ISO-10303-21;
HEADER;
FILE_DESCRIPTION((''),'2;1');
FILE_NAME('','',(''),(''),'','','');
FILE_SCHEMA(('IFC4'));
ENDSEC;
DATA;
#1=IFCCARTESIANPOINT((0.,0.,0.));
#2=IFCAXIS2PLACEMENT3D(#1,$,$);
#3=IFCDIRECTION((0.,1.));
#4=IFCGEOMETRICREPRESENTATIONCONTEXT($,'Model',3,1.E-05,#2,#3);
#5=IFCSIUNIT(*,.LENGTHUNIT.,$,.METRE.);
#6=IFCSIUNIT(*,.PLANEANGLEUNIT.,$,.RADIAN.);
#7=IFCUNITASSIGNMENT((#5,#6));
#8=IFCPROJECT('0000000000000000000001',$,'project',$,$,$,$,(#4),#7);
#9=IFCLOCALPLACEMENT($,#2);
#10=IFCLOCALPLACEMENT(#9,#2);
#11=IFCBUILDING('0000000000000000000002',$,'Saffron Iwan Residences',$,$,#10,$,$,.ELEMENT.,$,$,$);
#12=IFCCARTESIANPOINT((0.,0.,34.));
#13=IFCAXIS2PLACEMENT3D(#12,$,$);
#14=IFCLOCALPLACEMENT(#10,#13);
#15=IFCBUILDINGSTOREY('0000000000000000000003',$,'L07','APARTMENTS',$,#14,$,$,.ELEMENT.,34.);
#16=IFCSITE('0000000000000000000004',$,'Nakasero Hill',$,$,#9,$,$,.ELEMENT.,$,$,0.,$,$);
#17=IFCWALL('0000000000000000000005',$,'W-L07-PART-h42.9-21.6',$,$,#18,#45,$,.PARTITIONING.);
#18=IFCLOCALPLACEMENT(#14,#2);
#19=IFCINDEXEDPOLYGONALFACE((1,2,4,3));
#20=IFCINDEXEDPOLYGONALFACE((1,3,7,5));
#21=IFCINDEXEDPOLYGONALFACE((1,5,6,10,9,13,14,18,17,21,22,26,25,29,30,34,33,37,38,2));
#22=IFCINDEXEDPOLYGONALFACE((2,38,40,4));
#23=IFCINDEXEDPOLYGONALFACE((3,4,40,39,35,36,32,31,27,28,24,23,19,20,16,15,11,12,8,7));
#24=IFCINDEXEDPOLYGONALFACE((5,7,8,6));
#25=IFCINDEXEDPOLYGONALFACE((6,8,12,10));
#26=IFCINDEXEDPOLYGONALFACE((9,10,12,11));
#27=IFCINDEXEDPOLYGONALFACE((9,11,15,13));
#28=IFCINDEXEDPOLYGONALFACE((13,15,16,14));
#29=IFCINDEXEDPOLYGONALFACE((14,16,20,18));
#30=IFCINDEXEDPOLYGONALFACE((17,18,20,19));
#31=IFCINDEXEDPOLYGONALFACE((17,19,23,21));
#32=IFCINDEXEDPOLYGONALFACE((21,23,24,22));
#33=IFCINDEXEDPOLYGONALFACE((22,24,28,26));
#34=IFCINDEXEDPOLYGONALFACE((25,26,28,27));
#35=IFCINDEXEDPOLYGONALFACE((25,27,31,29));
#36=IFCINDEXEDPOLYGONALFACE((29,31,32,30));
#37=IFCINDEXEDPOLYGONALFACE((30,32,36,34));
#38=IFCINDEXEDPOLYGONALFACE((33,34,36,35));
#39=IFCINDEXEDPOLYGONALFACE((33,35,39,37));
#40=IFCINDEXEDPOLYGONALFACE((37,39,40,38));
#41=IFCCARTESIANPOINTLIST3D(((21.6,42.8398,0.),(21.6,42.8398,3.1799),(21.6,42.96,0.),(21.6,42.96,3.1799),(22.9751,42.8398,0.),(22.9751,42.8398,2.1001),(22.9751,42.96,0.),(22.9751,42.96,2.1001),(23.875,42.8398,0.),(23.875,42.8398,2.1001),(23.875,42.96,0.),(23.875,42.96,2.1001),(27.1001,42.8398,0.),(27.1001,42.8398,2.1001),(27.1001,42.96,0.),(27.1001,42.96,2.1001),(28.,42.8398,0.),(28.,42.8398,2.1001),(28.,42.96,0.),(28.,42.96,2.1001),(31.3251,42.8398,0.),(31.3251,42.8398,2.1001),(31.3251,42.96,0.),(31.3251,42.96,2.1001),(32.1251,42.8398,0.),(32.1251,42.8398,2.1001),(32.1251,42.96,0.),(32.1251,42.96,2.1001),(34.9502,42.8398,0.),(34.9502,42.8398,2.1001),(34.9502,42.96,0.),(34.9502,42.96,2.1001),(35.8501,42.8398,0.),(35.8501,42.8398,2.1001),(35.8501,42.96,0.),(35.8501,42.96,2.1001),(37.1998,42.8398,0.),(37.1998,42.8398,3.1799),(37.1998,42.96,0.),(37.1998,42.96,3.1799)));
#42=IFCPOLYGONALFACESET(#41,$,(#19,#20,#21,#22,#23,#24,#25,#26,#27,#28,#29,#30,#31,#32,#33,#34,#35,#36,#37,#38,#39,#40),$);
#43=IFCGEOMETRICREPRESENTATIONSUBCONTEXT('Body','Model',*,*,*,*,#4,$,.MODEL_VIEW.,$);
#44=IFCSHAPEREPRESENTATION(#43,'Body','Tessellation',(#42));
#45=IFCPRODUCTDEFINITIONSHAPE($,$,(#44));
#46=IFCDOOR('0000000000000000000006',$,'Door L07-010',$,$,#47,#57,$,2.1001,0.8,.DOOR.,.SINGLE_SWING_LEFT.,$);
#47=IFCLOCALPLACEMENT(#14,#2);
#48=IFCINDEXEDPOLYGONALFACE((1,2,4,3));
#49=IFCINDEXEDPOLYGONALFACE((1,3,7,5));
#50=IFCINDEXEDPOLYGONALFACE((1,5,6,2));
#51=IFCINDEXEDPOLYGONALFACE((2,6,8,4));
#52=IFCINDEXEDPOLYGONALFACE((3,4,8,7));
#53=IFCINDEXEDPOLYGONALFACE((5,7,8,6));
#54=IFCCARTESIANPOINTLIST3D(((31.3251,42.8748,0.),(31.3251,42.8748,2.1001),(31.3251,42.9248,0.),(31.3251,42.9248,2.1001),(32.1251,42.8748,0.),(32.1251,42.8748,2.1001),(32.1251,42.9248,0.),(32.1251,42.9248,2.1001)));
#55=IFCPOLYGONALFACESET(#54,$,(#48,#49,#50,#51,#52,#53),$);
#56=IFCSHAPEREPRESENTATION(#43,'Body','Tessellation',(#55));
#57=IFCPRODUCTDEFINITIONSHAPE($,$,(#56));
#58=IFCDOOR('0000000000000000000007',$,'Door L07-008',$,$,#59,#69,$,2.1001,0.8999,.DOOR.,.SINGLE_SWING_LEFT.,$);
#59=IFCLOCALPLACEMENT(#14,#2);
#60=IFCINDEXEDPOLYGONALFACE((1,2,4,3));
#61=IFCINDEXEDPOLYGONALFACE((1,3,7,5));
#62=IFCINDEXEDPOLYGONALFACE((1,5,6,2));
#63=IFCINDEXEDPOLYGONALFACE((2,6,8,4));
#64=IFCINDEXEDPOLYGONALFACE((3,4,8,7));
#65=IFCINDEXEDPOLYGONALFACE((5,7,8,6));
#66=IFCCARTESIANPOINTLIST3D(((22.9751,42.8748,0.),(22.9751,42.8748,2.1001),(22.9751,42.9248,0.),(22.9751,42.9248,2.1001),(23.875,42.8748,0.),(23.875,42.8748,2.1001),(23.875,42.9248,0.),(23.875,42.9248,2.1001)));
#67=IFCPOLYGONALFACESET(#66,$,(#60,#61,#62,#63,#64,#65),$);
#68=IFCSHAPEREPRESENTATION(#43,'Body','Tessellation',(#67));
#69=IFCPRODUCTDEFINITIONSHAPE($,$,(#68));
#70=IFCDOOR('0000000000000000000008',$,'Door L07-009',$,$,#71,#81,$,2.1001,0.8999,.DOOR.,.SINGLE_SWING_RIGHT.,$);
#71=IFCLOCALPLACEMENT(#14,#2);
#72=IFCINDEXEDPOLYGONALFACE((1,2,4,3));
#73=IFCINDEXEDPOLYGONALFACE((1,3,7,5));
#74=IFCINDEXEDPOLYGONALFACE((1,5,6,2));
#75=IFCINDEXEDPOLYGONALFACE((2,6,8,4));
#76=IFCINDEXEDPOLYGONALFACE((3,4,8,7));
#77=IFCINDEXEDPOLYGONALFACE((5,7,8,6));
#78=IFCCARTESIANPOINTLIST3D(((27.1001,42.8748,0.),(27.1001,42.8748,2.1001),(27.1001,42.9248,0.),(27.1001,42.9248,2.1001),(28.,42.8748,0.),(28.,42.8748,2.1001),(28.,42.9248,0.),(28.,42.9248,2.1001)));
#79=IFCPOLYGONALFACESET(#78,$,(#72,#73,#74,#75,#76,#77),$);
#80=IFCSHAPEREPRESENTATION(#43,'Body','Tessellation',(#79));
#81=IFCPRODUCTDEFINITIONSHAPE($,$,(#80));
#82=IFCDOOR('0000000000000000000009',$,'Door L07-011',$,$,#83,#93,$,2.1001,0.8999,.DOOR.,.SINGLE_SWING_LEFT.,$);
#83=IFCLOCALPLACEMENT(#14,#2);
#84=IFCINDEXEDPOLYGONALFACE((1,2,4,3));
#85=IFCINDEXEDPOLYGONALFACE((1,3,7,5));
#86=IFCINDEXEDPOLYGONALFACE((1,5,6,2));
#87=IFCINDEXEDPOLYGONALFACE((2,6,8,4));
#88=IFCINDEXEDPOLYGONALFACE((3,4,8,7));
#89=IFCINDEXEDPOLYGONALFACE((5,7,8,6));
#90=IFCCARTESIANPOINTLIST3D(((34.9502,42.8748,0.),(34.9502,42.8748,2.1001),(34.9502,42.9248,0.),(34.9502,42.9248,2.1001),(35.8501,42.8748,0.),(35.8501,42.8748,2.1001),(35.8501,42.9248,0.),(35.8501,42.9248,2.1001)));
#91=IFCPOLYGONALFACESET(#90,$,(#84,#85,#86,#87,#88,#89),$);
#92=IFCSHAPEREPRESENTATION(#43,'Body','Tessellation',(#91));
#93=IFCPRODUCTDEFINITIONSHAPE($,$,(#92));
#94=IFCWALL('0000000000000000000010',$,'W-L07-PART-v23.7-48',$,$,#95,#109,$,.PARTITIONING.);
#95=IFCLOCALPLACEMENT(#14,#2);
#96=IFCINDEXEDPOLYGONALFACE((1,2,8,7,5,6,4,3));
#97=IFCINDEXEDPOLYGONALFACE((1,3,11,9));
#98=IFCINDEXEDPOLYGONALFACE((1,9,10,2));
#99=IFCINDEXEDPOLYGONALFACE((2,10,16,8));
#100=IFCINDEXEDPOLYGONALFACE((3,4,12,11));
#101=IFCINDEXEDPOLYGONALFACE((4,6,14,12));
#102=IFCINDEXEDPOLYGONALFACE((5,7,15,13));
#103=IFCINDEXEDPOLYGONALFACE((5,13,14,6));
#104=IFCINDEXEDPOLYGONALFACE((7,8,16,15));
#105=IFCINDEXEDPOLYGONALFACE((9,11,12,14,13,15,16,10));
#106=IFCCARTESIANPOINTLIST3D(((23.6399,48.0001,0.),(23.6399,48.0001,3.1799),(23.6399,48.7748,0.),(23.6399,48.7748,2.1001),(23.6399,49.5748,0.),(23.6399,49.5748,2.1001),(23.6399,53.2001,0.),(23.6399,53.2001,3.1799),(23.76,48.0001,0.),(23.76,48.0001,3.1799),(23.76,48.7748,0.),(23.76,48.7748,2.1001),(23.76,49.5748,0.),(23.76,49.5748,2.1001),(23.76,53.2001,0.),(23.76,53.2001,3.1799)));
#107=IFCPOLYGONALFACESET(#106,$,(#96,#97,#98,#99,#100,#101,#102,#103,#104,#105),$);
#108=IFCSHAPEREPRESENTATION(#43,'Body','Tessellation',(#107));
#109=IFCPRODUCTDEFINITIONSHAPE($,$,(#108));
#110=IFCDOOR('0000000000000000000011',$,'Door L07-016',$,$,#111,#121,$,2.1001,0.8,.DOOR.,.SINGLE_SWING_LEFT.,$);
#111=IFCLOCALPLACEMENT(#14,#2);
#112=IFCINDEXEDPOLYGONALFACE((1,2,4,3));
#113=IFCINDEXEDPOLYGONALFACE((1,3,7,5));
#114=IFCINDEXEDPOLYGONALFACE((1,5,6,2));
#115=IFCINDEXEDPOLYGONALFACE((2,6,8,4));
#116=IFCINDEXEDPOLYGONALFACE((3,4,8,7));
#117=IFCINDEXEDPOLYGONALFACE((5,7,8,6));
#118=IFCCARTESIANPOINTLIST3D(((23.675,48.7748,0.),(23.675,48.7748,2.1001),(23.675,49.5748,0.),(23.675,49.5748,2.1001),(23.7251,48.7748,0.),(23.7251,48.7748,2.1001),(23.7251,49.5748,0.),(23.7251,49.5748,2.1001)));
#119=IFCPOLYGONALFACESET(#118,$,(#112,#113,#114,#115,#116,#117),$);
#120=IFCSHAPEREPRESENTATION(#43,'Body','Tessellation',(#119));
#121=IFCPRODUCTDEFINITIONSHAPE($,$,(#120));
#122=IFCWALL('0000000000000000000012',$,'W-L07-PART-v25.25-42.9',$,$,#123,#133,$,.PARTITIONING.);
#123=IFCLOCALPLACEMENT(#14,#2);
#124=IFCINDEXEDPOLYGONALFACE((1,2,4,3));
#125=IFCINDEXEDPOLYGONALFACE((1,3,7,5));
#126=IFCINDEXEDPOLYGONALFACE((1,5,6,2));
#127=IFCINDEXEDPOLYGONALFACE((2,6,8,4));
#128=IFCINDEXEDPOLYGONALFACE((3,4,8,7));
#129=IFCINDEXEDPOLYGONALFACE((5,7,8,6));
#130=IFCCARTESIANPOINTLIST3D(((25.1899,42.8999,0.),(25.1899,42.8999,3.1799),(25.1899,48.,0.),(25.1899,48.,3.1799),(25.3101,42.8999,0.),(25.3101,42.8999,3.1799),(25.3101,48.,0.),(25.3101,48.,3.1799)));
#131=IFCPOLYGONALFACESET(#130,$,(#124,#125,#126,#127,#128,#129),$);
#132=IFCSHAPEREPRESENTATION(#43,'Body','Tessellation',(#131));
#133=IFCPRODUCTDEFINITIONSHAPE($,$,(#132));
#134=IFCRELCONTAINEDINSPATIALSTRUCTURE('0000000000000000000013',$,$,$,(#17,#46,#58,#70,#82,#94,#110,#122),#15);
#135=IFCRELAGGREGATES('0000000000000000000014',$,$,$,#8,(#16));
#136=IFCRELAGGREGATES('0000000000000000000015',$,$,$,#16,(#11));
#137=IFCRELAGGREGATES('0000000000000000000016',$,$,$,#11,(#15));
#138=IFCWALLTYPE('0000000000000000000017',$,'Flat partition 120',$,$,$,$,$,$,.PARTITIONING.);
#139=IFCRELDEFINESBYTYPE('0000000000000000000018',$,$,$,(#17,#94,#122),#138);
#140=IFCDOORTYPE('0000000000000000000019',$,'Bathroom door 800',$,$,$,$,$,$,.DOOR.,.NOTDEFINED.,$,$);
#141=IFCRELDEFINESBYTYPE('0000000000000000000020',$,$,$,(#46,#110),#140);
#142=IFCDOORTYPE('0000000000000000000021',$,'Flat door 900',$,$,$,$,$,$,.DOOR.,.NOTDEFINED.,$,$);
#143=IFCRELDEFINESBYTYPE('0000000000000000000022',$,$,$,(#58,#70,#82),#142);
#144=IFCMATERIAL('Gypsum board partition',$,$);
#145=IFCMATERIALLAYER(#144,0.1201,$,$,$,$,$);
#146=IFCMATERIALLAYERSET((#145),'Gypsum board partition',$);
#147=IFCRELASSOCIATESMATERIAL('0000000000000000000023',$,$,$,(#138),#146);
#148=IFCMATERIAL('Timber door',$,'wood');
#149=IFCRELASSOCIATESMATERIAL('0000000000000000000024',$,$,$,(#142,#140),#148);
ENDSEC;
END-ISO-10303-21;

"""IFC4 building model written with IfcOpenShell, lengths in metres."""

from ifc_helpers import new_model, si_unit, direction, frame, frame_2d, origin, place, context, subcontext, project, spatial, rectangle, extrude, material, layer, layer_set, type_object, element, fill, save


model = new_model("IFC4")

# Units and contexts
model_context = context("Model", 3, precision=1e-05, world=origin(), true_north=direction((0.0, 1.0)))
body_context = subcontext(model_context, "Body", "Model", "MODEL_VIEW")
ifc_project = project(units=[si_unit("LENGTHUNIT", "METRE"), si_unit("PLANEANGLEUNIT", "RADIAN")], contexts=[model_context])

# Site, building, storey
site_placement = place(None, origin())
site = spatial("IfcSite", under=ifc_project, at=site_placement, Name="Nakasero Hill", CompositionType="ELEMENT", RefElevation=0.0)
building_placement = place(site_placement, origin())
building = spatial("IfcBuilding", under=site, at=building_placement, Name="Saffron Iwan Residences", CompositionType="ELEMENT")
storey_placement = place(building_placement, frame((0.0, 0.0, 34.0)))
storey = spatial("IfcBuildingStorey", under=building, at=storey_placement, Name="L07", Description="APARTMENTS", CompositionType="ELEMENT", Elevation=34.0)

# Wall, openings, doors
ifc_material_1 = material(Name="Gypsum board partition")
ifc_layer = layer(ifc_material_1, 0.1201)
ifc_layer_set = layer_set([ifc_layer], Name="Gypsum board partition")
wall_type = type_object("IfcWallType", Name="Flat partition 120", PredefinedType="PARTITIONING", material=ifc_layer_set)
ifc_material_2 = material(Name="Timber door", Category="wood")
door_type_1 = type_object("IfcDoorType", Name="Flat door 900", OperationType="NOTDEFINED", PredefinedType="DOOR", material=ifc_material_2)
wall_1_placement = place(storey_placement, frame((21.6001, 42.8999, 0.0), z_axis=(0.0, 0.0, 1.0), x_axis=(1.0, 0.0, 0.0)))
wall_1 = element("IfcWall", 1, at=wall_1_placement, inside=storey, type_object=wall_type, Name="W-L07-PART-h42.9-21.6", PredefinedType="PARTITIONING", context=body_context, shape_type="SweptSolid", body=[
    extrude(rectangle(XDim=15.5999, YDim=0.1201, at=frame_2d((7.7998, 0.0))), origin(), (0.0, 0.0, 1.0), 3.1799),
])
opening_1_placement = place(wall_1_placement, frame((1.375, 0.0, 0.0)))
opening_1 = element("IfcOpeningElement", 2, at=opening_1_placement, cuts=wall_1, PredefinedType="OPENING", context=body_context, shape_type="SweptSolid", body=[
    extrude(rectangle(XDim=0.8999, YDim=2.1001, at=frame_2d((0.45, 1.05))), frame((0.0, 0.0701, 0.0), z_axis=(0.0, -1.0, 0.0), x_axis=(1.0, 0.0, 0.0)), (0.0, 0.0, 1.0), 0.1401),
])
opening_2_placement = place(wall_1_placement, frame((5.5, 0.0, 0.0)))
opening_2 = element("IfcOpeningElement", 3, at=opening_2_placement, cuts=wall_1, PredefinedType="OPENING", context=body_context, shape_type="SweptSolid", body=[
    extrude(rectangle(XDim=0.8999, YDim=2.1001, at=frame_2d((0.45, 1.05))), frame((0.0, 0.0701, 0.0), z_axis=(0.0, -1.0, 0.0), x_axis=(1.0, 0.0, 0.0)), (0.0, 0.0, 1.0), 0.1401),
])
opening_3_placement = place(wall_1_placement, frame((9.7251, 0.0, 0.0)))
opening_3 = element("IfcOpeningElement", 4, at=opening_3_placement, cuts=wall_1, PredefinedType="OPENING", context=body_context, shape_type="SweptSolid", body=[
    extrude(rectangle(XDim=0.8, YDim=2.1001, at=frame_2d((0.3999, 1.05))), frame((0.0, 0.0701, 0.0), z_axis=(0.0, -1.0, 0.0), x_axis=(1.0, 0.0, 0.0)), (0.0, 0.0, 1.0), 0.1401),
])
opening_4_placement = place(wall_1_placement, frame((13.3501, 0.0, 0.0)))
opening_4 = element("IfcOpeningElement", 5, at=opening_4_placement, cuts=wall_1, PredefinedType="OPENING", context=body_context, shape_type="SweptSolid", body=[
    extrude(rectangle(XDim=0.8999, YDim=2.1001, at=frame_2d((0.45, 1.05))), frame((0.0, 0.0701, 0.0), z_axis=(0.0, -1.0, 0.0), x_axis=(1.0, 0.0, 0.0)), (0.0, 0.0, 1.0), 0.1401),
])
door_type_2 = type_object("IfcDoorType", Name="Bathroom door 800", OperationType="NOTDEFINED", PredefinedType="DOOR", material=ifc_material_2)
door_1_placement = place(opening_3_placement, origin())
door_1 = element("IfcDoor", 6, at=door_1_placement, inside=storey, type_object=door_type_2, Name="Door L07-010", OperationType="SINGLE_SWING_LEFT", OverallHeight=2.1001, OverallWidth=0.8, PredefinedType="DOOR", context=body_context, shape_type="SweptSolid", body=[
    extrude(rectangle(XDim=0.8, YDim=2.1001, at=frame_2d((0.3999, 1.05))), frame((0.0, 0.0249, 0.0), z_axis=(0.0, -1.0, 0.0), x_axis=(1.0, 0.0, 0.0)), (0.0, 0.0, 1.0), 0.05),
])
fill(opening_3, door_1)
door_2_placement = place(opening_1_placement, origin())
door_2 = element("IfcDoor", 7, at=door_2_placement, inside=storey, type_object=door_type_1, Name="Door L07-008", OperationType="SINGLE_SWING_LEFT", OverallHeight=2.1001, OverallWidth=0.8999, PredefinedType="DOOR", context=body_context, shape_type="SweptSolid", body=[
    extrude(rectangle(XDim=0.8999, YDim=2.1001, at=frame_2d((0.45, 1.05))), frame((0.0, 0.0249, 0.0), z_axis=(0.0, -1.0, 0.0), x_axis=(1.0, 0.0, 0.0)), (0.0, 0.0, 1.0), 0.05),
])
fill(opening_1, door_2)
door_3_placement = place(opening_2_placement, origin())
door_3 = element("IfcDoor", 8, at=door_3_placement, inside=storey, type_object=door_type_1, Name="Door L07-009", OperationType="SINGLE_SWING_RIGHT", OverallHeight=2.1001, OverallWidth=0.8999, PredefinedType="DOOR", context=body_context, shape_type="SweptSolid", body=[
    extrude(rectangle(XDim=0.8999, YDim=2.1001, at=frame_2d((0.45, 1.05))), frame((0.0, 0.0249, 0.0), z_axis=(0.0, -1.0, 0.0), x_axis=(1.0, 0.0, 0.0)), (0.0, 0.0, 1.0), 0.05),
])
fill(opening_2, door_3)
door_4_placement = place(opening_4_placement, origin())
door_4 = element("IfcDoor", 9, at=door_4_placement, inside=storey, type_object=door_type_1, Name="Door L07-011", OperationType="SINGLE_SWING_LEFT", OverallHeight=2.1001, OverallWidth=0.8999, PredefinedType="DOOR", context=body_context, shape_type="SweptSolid", body=[
    extrude(rectangle(XDim=0.8999, YDim=2.1001, at=frame_2d((0.45, 1.05))), frame((0.0, 0.0249, 0.0), z_axis=(0.0, -1.0, 0.0), x_axis=(1.0, 0.0, 0.0)), (0.0, 0.0, 1.0), 0.05),
])
fill(opening_4, door_4)

# Wall, opening, door
wall_2_placement = place(storey_placement, frame((23.7, 48.0, 0.0), z_axis=(0.0, 0.0, 1.0), x_axis=(0.0, 1.0, 0.0)))
wall_2 = element("IfcWall", 10, at=wall_2_placement, inside=storey, type_object=wall_type, Name="W-L07-PART-v23.7-48", PredefinedType="PARTITIONING", context=body_context, shape_type="SweptSolid", body=[
    extrude(rectangle(XDim=5.2, YDim=0.1201, at=frame_2d((2.6001, 0.0))), origin(), (0.0, 0.0, 1.0), 3.1799),
])
opening_5_placement = place(wall_2_placement, frame((0.7749, 0.0, 0.0)))
opening_5 = element("IfcOpeningElement", 11, at=opening_5_placement, cuts=wall_2, PredefinedType="OPENING", context=body_context, shape_type="SweptSolid", body=[
    extrude(rectangle(XDim=0.8, YDim=2.1001, at=frame_2d((0.3999, 1.05))), frame((0.0, 0.0701, 0.0), z_axis=(0.0, -1.0, 0.0), x_axis=(1.0, 0.0, 0.0)), (0.0, 0.0, 1.0), 0.1401),
])
door_5_placement = place(opening_5_placement, origin())
door_5 = element("IfcDoor", 12, at=door_5_placement, inside=storey, type_object=door_type_2, Name="Door L07-016", OperationType="SINGLE_SWING_LEFT", OverallHeight=2.1001, OverallWidth=0.8, PredefinedType="DOOR", context=body_context, shape_type="SweptSolid", body=[
    extrude(rectangle(XDim=0.8, YDim=2.1001, at=frame_2d((0.3999, 1.05))), frame((0.0, 0.0249, 0.0), z_axis=(0.0, -1.0, 0.0), x_axis=(1.0, 0.0, 0.0)), (0.0, 0.0, 1.0), 0.05),
])
fill(opening_5, door_5)

# Wall
wall_3_placement = place(storey_placement, frame((25.25, 42.8999, 0.0), z_axis=(0.0, 0.0, 1.0), x_axis=(0.0, 1.0, 0.0)))
element("IfcWall", 13, at=wall_3_placement, inside=storey, type_object=wall_type, Name="W-L07-PART-v25.25-42.9", PredefinedType="PARTITIONING", context=body_context, shape_type="SweptSolid", body=[
    extrude(rectangle(XDim=5.1001, YDim=0.1201, at=frame_2d((2.55, 0.0))), origin(), (0.0, 0.0, 1.0), 3.1799),
])

save(model, "model.ifc")
